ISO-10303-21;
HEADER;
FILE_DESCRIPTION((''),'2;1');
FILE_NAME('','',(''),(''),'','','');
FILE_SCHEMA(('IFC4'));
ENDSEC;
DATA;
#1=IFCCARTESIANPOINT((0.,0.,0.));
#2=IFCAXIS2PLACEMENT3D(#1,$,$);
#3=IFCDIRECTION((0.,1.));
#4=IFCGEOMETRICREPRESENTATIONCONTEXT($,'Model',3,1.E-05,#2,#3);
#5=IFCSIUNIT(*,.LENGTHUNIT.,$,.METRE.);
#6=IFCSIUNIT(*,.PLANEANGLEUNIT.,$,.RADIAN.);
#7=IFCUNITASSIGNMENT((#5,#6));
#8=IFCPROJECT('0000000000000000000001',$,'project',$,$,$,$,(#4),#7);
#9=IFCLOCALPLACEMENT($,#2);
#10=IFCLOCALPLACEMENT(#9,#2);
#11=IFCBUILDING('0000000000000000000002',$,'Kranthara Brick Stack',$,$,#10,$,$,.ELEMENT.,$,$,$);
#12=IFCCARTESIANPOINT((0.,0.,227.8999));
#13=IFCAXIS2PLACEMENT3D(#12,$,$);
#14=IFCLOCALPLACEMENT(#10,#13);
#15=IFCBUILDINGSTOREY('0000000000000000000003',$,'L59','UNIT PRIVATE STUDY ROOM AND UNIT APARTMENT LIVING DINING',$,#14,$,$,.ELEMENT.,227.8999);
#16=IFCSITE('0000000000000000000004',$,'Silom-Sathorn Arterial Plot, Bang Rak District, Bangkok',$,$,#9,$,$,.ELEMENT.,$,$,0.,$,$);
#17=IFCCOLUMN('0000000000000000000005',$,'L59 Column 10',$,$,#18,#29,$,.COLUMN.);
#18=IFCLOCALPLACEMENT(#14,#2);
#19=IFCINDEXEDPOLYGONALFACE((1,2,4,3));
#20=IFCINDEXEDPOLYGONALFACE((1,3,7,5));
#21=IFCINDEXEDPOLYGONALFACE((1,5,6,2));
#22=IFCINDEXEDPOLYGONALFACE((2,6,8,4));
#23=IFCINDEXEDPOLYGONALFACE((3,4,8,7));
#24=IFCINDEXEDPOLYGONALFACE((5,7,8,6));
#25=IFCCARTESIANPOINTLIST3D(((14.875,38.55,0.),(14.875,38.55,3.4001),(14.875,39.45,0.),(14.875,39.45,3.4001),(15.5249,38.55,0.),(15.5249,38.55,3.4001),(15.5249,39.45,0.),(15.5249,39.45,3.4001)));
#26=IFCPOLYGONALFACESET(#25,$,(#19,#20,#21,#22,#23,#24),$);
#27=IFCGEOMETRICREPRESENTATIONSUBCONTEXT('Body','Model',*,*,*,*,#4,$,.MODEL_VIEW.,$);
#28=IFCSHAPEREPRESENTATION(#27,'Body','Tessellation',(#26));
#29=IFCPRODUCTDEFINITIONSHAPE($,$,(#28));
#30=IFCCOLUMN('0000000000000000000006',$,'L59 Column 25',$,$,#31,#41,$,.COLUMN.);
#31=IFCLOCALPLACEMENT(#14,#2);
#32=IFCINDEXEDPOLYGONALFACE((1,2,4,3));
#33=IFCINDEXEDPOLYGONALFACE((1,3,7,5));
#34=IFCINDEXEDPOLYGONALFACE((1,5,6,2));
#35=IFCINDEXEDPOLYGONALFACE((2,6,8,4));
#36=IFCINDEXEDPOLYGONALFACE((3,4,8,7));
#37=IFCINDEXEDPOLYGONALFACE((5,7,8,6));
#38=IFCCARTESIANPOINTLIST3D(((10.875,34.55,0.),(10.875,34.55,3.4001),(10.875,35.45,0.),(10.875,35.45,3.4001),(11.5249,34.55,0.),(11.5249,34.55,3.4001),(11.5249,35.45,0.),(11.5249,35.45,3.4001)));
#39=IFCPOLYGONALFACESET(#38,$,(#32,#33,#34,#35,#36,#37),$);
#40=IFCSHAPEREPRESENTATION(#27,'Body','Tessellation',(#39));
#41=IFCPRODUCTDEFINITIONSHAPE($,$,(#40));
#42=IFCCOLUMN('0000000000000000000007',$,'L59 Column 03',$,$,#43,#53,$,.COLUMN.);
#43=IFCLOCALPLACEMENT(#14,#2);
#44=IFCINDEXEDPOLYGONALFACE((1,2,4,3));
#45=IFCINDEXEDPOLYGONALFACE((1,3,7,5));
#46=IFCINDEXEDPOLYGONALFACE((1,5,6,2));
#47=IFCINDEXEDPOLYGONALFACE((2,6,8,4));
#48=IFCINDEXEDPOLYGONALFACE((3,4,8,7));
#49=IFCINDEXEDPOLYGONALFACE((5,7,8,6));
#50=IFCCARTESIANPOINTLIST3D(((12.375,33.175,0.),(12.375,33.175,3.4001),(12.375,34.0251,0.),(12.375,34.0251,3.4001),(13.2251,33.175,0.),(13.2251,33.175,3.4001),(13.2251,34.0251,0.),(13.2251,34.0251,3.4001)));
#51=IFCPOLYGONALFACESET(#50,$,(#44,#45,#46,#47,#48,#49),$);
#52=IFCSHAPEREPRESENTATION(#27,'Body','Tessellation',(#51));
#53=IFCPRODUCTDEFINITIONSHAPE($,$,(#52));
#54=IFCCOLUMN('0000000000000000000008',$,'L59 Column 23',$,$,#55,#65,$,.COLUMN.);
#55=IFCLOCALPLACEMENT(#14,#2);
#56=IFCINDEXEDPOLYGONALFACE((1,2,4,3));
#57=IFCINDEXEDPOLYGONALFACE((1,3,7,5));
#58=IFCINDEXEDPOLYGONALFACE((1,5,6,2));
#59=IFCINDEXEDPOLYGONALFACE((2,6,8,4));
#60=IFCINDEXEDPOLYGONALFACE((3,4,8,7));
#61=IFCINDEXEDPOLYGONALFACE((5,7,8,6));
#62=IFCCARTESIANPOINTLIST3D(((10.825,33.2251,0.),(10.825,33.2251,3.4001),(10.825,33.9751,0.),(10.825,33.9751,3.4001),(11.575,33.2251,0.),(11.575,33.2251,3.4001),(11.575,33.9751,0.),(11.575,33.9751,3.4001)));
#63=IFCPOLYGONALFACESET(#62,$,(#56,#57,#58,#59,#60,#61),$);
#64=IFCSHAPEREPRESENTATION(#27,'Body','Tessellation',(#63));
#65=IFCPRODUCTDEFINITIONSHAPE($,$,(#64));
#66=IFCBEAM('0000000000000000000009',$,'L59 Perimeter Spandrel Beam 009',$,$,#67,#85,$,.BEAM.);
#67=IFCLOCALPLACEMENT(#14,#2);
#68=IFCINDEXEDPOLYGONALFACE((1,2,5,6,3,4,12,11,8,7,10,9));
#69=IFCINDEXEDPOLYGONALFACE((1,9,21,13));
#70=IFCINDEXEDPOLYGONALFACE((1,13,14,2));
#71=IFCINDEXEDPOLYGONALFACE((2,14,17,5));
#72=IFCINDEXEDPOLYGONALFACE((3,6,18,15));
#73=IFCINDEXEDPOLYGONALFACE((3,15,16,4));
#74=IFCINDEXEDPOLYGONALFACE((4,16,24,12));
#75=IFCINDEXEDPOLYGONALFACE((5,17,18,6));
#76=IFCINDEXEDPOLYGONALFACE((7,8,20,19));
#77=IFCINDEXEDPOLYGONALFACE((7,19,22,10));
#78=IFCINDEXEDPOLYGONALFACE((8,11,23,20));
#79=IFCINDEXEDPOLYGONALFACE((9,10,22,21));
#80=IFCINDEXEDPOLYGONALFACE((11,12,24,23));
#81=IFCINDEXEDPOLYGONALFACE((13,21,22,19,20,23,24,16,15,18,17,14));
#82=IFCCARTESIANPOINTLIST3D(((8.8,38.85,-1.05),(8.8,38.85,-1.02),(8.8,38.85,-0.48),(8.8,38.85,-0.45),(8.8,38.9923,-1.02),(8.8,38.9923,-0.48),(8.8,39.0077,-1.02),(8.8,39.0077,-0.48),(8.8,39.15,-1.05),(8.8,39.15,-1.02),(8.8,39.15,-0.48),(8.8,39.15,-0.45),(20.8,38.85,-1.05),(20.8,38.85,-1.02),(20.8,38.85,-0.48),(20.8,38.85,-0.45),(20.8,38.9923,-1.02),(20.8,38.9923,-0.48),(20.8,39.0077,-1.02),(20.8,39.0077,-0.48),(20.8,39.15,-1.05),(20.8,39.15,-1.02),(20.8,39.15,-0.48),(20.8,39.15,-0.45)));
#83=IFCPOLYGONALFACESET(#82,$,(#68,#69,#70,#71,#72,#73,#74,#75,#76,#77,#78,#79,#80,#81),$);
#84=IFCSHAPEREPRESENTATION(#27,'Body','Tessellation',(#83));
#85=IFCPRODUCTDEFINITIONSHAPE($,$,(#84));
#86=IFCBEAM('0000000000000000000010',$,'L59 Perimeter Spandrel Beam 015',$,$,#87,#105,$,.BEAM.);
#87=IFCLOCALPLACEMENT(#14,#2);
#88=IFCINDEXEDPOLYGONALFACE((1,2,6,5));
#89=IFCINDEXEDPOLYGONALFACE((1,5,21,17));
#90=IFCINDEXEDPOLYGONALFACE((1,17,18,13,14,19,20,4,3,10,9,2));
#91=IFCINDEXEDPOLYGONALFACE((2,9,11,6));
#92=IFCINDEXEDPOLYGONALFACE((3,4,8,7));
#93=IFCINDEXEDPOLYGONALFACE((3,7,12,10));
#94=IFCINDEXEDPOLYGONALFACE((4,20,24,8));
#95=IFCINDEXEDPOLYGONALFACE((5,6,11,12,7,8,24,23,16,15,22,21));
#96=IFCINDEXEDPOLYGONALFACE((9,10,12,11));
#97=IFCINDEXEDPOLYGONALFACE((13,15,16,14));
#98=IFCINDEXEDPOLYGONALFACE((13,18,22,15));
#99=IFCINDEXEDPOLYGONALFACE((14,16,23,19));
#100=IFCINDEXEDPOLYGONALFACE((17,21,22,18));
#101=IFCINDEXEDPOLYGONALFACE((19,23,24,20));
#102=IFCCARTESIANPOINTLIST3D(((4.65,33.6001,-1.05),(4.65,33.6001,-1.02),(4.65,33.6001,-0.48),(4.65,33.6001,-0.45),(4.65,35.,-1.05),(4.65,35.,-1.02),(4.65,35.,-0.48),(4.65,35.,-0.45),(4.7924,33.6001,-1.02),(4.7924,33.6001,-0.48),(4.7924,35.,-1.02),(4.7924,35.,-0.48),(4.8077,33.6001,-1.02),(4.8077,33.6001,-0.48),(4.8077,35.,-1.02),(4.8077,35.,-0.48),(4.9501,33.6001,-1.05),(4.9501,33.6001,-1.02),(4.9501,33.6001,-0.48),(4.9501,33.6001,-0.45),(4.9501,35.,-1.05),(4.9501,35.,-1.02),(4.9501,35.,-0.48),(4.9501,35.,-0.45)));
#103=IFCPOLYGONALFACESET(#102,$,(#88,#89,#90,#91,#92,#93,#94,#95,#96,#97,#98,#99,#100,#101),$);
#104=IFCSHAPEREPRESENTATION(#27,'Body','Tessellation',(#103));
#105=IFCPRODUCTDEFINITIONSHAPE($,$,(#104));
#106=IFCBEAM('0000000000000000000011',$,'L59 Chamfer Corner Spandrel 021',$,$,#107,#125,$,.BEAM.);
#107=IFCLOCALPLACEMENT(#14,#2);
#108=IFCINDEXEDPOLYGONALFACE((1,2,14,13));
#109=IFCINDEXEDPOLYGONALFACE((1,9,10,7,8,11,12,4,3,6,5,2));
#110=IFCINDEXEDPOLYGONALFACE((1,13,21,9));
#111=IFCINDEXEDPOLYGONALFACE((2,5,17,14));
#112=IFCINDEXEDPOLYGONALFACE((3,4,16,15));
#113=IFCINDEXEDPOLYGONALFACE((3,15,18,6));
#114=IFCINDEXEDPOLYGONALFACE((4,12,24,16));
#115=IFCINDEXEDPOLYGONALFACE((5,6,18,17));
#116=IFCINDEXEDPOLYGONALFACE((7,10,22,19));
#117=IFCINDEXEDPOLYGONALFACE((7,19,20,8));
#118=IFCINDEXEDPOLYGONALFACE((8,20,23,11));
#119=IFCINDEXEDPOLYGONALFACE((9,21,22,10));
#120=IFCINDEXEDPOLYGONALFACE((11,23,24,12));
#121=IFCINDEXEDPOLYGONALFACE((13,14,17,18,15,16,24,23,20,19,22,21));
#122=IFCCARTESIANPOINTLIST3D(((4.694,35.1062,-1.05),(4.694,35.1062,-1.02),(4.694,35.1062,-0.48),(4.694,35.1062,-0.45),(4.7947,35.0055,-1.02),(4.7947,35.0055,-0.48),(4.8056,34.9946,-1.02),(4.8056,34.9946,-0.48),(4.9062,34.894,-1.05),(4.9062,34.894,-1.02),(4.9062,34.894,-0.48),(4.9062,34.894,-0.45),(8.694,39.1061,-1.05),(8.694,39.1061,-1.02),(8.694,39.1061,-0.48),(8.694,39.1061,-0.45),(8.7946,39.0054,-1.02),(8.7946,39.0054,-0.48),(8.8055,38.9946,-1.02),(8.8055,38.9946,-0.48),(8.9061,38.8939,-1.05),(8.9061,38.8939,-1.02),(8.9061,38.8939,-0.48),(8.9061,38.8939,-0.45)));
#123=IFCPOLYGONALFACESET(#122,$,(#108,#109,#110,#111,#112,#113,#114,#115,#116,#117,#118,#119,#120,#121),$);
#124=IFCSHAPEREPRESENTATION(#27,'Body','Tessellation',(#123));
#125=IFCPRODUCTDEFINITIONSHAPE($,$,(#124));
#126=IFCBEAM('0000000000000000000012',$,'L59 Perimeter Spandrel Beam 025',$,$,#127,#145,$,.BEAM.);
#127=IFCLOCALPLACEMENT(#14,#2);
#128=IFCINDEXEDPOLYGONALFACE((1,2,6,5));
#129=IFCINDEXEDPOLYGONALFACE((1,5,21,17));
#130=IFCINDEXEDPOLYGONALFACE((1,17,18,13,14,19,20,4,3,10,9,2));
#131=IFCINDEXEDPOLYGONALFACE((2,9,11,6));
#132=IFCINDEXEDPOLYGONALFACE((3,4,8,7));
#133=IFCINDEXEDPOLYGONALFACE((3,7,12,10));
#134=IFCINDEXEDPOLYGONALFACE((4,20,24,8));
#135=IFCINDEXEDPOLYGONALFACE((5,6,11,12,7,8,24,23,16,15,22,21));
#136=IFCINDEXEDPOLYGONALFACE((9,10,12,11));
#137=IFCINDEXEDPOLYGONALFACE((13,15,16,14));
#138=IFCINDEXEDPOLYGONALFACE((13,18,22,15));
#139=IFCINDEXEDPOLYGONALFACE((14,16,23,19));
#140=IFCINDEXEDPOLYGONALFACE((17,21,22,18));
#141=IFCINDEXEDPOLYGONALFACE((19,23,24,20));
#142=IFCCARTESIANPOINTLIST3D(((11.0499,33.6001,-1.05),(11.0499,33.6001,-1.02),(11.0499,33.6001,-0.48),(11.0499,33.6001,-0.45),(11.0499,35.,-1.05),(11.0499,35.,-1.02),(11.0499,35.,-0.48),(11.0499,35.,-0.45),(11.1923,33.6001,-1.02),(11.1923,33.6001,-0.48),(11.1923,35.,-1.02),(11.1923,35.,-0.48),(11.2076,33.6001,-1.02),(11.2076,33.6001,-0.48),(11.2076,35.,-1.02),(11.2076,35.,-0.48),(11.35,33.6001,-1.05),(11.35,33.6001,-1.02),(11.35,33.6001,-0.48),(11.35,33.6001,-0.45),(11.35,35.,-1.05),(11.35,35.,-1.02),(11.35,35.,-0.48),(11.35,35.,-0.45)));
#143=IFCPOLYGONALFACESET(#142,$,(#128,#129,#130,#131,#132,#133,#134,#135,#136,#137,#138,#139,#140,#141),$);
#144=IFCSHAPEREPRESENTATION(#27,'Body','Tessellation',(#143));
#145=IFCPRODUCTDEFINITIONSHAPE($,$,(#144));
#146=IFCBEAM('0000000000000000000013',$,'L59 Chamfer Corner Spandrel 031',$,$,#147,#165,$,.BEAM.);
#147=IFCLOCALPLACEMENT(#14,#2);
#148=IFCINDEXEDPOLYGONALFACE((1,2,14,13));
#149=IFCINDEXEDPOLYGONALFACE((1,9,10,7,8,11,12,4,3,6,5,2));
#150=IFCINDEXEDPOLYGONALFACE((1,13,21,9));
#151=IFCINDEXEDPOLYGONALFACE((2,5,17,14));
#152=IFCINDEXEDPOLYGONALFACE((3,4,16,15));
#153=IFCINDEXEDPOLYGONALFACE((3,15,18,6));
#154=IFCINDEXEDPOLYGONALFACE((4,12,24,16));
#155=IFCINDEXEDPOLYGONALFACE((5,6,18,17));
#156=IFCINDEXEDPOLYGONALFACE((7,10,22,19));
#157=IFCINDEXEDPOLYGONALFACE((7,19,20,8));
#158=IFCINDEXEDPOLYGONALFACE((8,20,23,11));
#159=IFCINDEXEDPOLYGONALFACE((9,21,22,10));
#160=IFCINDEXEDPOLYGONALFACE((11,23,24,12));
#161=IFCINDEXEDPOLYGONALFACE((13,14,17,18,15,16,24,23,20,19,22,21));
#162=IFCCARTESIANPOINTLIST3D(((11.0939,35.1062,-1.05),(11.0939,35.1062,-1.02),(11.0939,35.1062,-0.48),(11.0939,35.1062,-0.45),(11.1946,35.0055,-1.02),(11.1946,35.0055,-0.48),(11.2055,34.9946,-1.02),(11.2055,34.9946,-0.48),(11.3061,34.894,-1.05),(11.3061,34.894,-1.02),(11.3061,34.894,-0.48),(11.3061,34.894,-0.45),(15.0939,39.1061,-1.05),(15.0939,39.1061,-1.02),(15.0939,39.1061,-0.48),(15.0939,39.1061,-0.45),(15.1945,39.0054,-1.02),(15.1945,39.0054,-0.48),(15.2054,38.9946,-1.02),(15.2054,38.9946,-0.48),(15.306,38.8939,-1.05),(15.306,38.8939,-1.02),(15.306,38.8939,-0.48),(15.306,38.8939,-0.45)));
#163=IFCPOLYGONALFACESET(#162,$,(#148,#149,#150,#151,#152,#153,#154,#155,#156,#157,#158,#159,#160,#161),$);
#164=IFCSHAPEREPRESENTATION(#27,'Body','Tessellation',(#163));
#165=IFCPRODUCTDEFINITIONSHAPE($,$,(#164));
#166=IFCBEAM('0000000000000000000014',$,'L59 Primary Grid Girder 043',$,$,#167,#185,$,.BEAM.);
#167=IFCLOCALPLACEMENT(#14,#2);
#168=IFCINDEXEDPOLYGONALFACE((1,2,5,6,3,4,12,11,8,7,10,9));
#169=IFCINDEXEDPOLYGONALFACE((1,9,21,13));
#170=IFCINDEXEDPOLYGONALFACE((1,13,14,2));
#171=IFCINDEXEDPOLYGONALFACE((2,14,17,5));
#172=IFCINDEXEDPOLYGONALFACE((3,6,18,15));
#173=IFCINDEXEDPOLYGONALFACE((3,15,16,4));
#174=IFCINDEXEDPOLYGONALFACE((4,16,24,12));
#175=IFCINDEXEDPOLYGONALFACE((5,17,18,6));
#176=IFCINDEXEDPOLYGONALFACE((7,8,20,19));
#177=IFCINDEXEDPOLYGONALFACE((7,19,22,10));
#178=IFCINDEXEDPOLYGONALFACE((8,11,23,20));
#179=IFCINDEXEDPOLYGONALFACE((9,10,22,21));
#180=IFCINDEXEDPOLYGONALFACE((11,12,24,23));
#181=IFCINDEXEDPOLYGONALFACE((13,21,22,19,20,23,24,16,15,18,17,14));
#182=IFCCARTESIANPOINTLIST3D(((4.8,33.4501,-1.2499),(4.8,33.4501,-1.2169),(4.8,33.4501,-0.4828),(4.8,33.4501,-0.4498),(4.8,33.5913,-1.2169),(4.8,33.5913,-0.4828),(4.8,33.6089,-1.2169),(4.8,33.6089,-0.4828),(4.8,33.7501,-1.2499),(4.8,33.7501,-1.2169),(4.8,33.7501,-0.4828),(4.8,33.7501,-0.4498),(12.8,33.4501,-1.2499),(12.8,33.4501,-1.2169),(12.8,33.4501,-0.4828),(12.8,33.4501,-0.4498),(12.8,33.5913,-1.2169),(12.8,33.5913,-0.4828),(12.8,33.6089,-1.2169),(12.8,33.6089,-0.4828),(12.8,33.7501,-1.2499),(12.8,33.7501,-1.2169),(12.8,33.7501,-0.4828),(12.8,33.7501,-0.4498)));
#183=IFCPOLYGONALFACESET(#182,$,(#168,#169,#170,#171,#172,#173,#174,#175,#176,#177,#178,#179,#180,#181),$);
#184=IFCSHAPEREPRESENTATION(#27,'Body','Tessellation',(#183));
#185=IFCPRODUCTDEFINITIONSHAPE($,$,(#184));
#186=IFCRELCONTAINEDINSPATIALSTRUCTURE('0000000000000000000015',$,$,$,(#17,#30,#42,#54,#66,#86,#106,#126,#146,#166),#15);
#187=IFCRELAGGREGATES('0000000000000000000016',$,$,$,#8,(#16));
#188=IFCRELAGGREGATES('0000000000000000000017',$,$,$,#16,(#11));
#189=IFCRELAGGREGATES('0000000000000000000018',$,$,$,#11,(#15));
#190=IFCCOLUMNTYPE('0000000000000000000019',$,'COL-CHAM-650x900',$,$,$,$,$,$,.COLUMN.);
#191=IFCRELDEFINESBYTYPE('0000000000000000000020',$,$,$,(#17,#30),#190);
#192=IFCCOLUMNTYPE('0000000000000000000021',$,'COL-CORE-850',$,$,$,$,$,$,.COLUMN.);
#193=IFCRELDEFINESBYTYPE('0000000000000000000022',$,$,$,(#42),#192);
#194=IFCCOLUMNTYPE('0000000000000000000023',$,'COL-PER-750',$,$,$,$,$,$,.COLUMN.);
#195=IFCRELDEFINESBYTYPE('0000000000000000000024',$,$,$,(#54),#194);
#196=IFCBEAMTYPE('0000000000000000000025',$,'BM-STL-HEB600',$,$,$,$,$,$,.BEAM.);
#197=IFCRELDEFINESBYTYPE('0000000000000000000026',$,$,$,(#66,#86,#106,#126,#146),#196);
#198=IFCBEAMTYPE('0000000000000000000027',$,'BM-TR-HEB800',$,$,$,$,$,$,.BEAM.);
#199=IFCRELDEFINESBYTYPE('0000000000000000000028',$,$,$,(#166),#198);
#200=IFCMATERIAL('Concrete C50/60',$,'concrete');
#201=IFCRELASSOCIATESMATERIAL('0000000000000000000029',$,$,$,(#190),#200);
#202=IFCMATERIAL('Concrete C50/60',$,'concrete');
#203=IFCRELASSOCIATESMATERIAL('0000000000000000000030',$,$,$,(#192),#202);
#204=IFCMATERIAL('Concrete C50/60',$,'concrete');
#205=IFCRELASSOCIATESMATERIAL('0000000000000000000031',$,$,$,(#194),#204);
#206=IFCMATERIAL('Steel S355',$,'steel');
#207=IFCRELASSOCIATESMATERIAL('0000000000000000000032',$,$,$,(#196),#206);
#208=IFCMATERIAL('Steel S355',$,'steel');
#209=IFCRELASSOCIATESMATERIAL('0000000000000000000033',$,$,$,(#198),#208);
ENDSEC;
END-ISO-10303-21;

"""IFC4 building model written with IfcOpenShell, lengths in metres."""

from ifc_helpers import new_model, si_unit, direction, frame, origin, origin_2d, place, context, subcontext, project, spatial, rectangle, i_section, extrude, material, material_profile, profile_set, type_object, element, save


model = new_model("IFC4")

# Units and contexts
model_context = context("Model", 3, precision=1e-05, world=origin(), true_north=direction((0.0, 1.0)))
body_context = subcontext(model_context, "Body", "Model", "MODEL_VIEW")
ifc_project = project(units=[si_unit("LENGTHUNIT", "METRE"), si_unit("PLANEANGLEUNIT", "RADIAN")], contexts=[model_context])

# Site, building, storey
site_placement = place(None, origin())
site = spatial("IfcSite", under=ifc_project, at=site_placement, Name="Silom-Sathorn Arterial Plot, Bang Rak District, Bangkok", CompositionType="ELEMENT", RefElevation=0.0)
building_placement = place(site_placement, origin())
building = spatial("IfcBuilding", under=site, at=building_placement, Name="Kranthara Brick Stack", CompositionType="ELEMENT")
storey_placement = place(building_placement, frame((0.0, 0.0, 227.8999)))
storey = spatial("IfcBuildingStorey", under=building, at=storey_placement, Name="L59", Description="UNIT PRIVATE STUDY ROOM AND UNIT APARTMENT LIVING DINING", CompositionType="ELEMENT", Elevation=227.8999)

# Columns
ifc_material_1 = material(Name="Concrete C50/60", Category="concrete")
ifc_material_profile_1 = material_profile(ifc_material_1, rectangle(XDim=0.6499, YDim=0.8999, at=origin_2d()), Name="RC 650x900")
ifc_profile_set_1 = profile_set([ifc_material_profile_1], Name="Concrete C50/60")
column_type_1 = type_object("IfcColumnType", Name="COL-CHAM-650x900", PredefinedType="COLUMN", material=ifc_profile_set_1)
for number, where, z_axis, x_axis, name in (
    (1, (15.2, 39.0, 0.0), (0.0, 0.0, 1.0), (1.0, 0.0, 0.0), "L59 Column 10"),
    (2, (11.2, 35.0, 0.0), (0.0, 0.0, 1.0), (1.0, 0.0, 0.0), "L59 Column 25"),
):
    element("IfcColumn", number, at=place(storey_placement, frame(where, z_axis=z_axis, x_axis=x_axis)), inside=storey, type_object=column_type_1, Name=name, PredefinedType="COLUMN", context=body_context, shape_type="SweptSolid", body=[
        extrude(rectangle(XDim=0.6499, YDim=0.8999, at=origin_2d()), origin(), (0.0, 0.0, 1.0), 3.4001),
    ])
ifc_material_2 = material(Name="Concrete C50/60", Category="concrete")
ifc_material_profile_2 = material_profile(ifc_material_2, rectangle(XDim=0.8501, YDim=0.8501, at=origin_2d()), Name="RC 850x850")
ifc_profile_set_2 = profile_set([ifc_material_profile_2], Name="Concrete C50/60")
column_type_2 = type_object("IfcColumnType", Name="COL-CORE-850", PredefinedType="COLUMN", material=ifc_profile_set_2)
column_1_placement = place(storey_placement, frame((12.8, 33.6001, 0.0), z_axis=(0.0, 0.0, 1.0), x_axis=(1.0, 0.0, 0.0)))
element("IfcColumn", 3, at=column_1_placement, inside=storey, type_object=column_type_2, Name="L59 Column 03", PredefinedType="COLUMN", context=body_context, shape_type="SweptSolid", body=[
    extrude(rectangle(XDim=0.8501, YDim=0.8501, at=origin_2d()), origin(), (0.0, 0.0, 1.0), 3.4001),
])
ifc_material_3 = material(Name="Concrete C50/60", Category="concrete")
ifc_material_profile_3 = material_profile(ifc_material_3, rectangle(XDim=0.75, YDim=0.75, at=origin_2d()), Name="RC 750x750")
ifc_profile_set_3 = profile_set([ifc_material_profile_3], Name="Concrete C50/60")
column_type_3 = type_object("IfcColumnType", Name="COL-PER-750", PredefinedType="COLUMN", material=ifc_profile_set_3)
column_2_placement = place(storey_placement, frame((11.2, 33.6001, 0.0), z_axis=(0.0, 0.0, 1.0), x_axis=(1.0, 0.0, 0.0)))
element("IfcColumn", 4, at=column_2_placement, inside=storey, type_object=column_type_3, Name="L59 Column 23", PredefinedType="COLUMN", context=body_context, shape_type="SweptSolid", body=[
    extrude(rectangle(XDim=0.75, YDim=0.75, at=origin_2d()), origin(), (0.0, 0.0, 1.0), 3.4001),
])

# Beams
ifc_material_4 = material(Name="Steel S355", Category="steel")
ifc_material_profile_4 = material_profile(ifc_material_4, i_section(OverallWidth=0.3, OverallDepth=0.6001, WebThickness=0.0154, FlangeThickness=0.03, at=origin_2d()), Name="HEB 600")
ifc_profile_set_4 = profile_set([ifc_material_profile_4], Name="Steel S355")
beam_type_1 = type_object("IfcBeamType", Name="BM-STL-HEB600", PredefinedType="BEAM", material=ifc_profile_set_4)
beam_1_placement = place(storey_placement, frame((8.8, 39.0, -0.75), z_axis=(1.0, 0.0, 0.0), x_axis=(0.0, 1.0, 0.0)))
element("IfcBeam", 5, at=beam_1_placement, inside=storey, type_object=beam_type_1, Name="L59 Perimeter Spandrel Beam 009", PredefinedType="BEAM", context=body_context, shape_type="SweptSolid", body=[
    extrude(i_section(OverallWidth=0.3, OverallDepth=0.6001, WebThickness=0.0154, FlangeThickness=0.03, at=origin_2d()), origin(), (0.0, 0.0, 1.0), 12.0),
])
beam_2_placement = place(storey_placement, frame((4.8, 33.6001, -0.75), z_axis=(0.0, 1.0, 0.0), x_axis=(-1.0, 0.0, 0.0)))
element("IfcBeam", 6, at=beam_2_placement, inside=storey, type_object=beam_type_1, Name="L59 Perimeter Spandrel Beam 015", PredefinedType="BEAM", context=body_context, shape_type="SweptSolid", body=[
    extrude(i_section(OverallWidth=0.3, OverallDepth=0.6001, WebThickness=0.0154, FlangeThickness=0.03, at=origin_2d()), origin(), (0.0, 0.0, 1.0), 1.3999),
])
beam_3_placement = place(storey_placement, frame((8.8, 39.0, -0.75), z_axis=(-0.707107, -0.707107, 0.0), x_axis=(0.707107, -0.707107, 0.0)))
element("IfcBeam", 7, at=beam_3_placement, inside=storey, type_object=beam_type_1, Name="L59 Chamfer Corner Spandrel 021", PredefinedType="BEAM", context=body_context, shape_type="SweptSolid", body=[
    extrude(i_section(OverallWidth=0.3, OverallDepth=0.6001, WebThickness=0.0154, FlangeThickness=0.03, at=origin_2d()), origin(), (0.0, 0.0, 1.0), 5.6567),
])
beam_4_placement = place(storey_placement, frame((11.2, 33.6001, -0.75), z_axis=(0.0, 1.0, 0.0), x_axis=(-1.0, 0.0, 0.0)))
element("IfcBeam", 8, at=beam_4_placement, inside=storey, type_object=beam_type_1, Name="L59 Perimeter Spandrel Beam 025", PredefinedType="BEAM", context=body_context, shape_type="SweptSolid", body=[
    extrude(i_section(OverallWidth=0.3, OverallDepth=0.6001, WebThickness=0.0154, FlangeThickness=0.03, at=origin_2d()), origin(), (0.0, 0.0, 1.0), 1.3999),
])
beam_5_placement = place(storey_placement, frame((15.2, 39.0, -0.75), z_axis=(-0.707107, -0.707107, 0.0), x_axis=(0.707107, -0.707107, 0.0)))
element("IfcBeam", 9, at=beam_5_placement, inside=storey, type_object=beam_type_1, Name="L59 Chamfer Corner Spandrel 031", PredefinedType="BEAM", context=body_context, shape_type="SweptSolid", body=[
    extrude(i_section(OverallWidth=0.3, OverallDepth=0.6001, WebThickness=0.0154, FlangeThickness=0.03, at=origin_2d()), origin(), (0.0, 0.0, 1.0), 5.6567),
])
ifc_material_5 = material(Name="Steel S355", Category="steel")
ifc_material_profile_5 = material_profile(ifc_material_5, i_section(OverallWidth=0.3, OverallDepth=0.8, WebThickness=0.0176, FlangeThickness=0.033, at=origin_2d()), Name="HEB 800")
ifc_profile_set_5 = profile_set([ifc_material_profile_5], Name="Steel S355")
beam_type_2 = type_object("IfcBeamType", Name="BM-TR-HEB800", PredefinedType="BEAM", material=ifc_profile_set_5)
beam_6_placement = place(storey_placement, frame((4.8, 33.6001, -0.8499), z_axis=(1.0, 0.0, 0.0), x_axis=(0.0, 1.0, 0.0)))
element("IfcBeam", 10, at=beam_6_placement, inside=storey, type_object=beam_type_2, Name="L59 Primary Grid Girder 043", PredefinedType="BEAM", context=body_context, shape_type="SweptSolid", body=[
    extrude(i_section(OverallWidth=0.3, OverallDepth=0.8, WebThickness=0.0176, FlangeThickness=0.033, at=origin_2d()), origin(), (0.0, 0.0, 1.0), 8.0),
])

save(model, "model.ifc")
